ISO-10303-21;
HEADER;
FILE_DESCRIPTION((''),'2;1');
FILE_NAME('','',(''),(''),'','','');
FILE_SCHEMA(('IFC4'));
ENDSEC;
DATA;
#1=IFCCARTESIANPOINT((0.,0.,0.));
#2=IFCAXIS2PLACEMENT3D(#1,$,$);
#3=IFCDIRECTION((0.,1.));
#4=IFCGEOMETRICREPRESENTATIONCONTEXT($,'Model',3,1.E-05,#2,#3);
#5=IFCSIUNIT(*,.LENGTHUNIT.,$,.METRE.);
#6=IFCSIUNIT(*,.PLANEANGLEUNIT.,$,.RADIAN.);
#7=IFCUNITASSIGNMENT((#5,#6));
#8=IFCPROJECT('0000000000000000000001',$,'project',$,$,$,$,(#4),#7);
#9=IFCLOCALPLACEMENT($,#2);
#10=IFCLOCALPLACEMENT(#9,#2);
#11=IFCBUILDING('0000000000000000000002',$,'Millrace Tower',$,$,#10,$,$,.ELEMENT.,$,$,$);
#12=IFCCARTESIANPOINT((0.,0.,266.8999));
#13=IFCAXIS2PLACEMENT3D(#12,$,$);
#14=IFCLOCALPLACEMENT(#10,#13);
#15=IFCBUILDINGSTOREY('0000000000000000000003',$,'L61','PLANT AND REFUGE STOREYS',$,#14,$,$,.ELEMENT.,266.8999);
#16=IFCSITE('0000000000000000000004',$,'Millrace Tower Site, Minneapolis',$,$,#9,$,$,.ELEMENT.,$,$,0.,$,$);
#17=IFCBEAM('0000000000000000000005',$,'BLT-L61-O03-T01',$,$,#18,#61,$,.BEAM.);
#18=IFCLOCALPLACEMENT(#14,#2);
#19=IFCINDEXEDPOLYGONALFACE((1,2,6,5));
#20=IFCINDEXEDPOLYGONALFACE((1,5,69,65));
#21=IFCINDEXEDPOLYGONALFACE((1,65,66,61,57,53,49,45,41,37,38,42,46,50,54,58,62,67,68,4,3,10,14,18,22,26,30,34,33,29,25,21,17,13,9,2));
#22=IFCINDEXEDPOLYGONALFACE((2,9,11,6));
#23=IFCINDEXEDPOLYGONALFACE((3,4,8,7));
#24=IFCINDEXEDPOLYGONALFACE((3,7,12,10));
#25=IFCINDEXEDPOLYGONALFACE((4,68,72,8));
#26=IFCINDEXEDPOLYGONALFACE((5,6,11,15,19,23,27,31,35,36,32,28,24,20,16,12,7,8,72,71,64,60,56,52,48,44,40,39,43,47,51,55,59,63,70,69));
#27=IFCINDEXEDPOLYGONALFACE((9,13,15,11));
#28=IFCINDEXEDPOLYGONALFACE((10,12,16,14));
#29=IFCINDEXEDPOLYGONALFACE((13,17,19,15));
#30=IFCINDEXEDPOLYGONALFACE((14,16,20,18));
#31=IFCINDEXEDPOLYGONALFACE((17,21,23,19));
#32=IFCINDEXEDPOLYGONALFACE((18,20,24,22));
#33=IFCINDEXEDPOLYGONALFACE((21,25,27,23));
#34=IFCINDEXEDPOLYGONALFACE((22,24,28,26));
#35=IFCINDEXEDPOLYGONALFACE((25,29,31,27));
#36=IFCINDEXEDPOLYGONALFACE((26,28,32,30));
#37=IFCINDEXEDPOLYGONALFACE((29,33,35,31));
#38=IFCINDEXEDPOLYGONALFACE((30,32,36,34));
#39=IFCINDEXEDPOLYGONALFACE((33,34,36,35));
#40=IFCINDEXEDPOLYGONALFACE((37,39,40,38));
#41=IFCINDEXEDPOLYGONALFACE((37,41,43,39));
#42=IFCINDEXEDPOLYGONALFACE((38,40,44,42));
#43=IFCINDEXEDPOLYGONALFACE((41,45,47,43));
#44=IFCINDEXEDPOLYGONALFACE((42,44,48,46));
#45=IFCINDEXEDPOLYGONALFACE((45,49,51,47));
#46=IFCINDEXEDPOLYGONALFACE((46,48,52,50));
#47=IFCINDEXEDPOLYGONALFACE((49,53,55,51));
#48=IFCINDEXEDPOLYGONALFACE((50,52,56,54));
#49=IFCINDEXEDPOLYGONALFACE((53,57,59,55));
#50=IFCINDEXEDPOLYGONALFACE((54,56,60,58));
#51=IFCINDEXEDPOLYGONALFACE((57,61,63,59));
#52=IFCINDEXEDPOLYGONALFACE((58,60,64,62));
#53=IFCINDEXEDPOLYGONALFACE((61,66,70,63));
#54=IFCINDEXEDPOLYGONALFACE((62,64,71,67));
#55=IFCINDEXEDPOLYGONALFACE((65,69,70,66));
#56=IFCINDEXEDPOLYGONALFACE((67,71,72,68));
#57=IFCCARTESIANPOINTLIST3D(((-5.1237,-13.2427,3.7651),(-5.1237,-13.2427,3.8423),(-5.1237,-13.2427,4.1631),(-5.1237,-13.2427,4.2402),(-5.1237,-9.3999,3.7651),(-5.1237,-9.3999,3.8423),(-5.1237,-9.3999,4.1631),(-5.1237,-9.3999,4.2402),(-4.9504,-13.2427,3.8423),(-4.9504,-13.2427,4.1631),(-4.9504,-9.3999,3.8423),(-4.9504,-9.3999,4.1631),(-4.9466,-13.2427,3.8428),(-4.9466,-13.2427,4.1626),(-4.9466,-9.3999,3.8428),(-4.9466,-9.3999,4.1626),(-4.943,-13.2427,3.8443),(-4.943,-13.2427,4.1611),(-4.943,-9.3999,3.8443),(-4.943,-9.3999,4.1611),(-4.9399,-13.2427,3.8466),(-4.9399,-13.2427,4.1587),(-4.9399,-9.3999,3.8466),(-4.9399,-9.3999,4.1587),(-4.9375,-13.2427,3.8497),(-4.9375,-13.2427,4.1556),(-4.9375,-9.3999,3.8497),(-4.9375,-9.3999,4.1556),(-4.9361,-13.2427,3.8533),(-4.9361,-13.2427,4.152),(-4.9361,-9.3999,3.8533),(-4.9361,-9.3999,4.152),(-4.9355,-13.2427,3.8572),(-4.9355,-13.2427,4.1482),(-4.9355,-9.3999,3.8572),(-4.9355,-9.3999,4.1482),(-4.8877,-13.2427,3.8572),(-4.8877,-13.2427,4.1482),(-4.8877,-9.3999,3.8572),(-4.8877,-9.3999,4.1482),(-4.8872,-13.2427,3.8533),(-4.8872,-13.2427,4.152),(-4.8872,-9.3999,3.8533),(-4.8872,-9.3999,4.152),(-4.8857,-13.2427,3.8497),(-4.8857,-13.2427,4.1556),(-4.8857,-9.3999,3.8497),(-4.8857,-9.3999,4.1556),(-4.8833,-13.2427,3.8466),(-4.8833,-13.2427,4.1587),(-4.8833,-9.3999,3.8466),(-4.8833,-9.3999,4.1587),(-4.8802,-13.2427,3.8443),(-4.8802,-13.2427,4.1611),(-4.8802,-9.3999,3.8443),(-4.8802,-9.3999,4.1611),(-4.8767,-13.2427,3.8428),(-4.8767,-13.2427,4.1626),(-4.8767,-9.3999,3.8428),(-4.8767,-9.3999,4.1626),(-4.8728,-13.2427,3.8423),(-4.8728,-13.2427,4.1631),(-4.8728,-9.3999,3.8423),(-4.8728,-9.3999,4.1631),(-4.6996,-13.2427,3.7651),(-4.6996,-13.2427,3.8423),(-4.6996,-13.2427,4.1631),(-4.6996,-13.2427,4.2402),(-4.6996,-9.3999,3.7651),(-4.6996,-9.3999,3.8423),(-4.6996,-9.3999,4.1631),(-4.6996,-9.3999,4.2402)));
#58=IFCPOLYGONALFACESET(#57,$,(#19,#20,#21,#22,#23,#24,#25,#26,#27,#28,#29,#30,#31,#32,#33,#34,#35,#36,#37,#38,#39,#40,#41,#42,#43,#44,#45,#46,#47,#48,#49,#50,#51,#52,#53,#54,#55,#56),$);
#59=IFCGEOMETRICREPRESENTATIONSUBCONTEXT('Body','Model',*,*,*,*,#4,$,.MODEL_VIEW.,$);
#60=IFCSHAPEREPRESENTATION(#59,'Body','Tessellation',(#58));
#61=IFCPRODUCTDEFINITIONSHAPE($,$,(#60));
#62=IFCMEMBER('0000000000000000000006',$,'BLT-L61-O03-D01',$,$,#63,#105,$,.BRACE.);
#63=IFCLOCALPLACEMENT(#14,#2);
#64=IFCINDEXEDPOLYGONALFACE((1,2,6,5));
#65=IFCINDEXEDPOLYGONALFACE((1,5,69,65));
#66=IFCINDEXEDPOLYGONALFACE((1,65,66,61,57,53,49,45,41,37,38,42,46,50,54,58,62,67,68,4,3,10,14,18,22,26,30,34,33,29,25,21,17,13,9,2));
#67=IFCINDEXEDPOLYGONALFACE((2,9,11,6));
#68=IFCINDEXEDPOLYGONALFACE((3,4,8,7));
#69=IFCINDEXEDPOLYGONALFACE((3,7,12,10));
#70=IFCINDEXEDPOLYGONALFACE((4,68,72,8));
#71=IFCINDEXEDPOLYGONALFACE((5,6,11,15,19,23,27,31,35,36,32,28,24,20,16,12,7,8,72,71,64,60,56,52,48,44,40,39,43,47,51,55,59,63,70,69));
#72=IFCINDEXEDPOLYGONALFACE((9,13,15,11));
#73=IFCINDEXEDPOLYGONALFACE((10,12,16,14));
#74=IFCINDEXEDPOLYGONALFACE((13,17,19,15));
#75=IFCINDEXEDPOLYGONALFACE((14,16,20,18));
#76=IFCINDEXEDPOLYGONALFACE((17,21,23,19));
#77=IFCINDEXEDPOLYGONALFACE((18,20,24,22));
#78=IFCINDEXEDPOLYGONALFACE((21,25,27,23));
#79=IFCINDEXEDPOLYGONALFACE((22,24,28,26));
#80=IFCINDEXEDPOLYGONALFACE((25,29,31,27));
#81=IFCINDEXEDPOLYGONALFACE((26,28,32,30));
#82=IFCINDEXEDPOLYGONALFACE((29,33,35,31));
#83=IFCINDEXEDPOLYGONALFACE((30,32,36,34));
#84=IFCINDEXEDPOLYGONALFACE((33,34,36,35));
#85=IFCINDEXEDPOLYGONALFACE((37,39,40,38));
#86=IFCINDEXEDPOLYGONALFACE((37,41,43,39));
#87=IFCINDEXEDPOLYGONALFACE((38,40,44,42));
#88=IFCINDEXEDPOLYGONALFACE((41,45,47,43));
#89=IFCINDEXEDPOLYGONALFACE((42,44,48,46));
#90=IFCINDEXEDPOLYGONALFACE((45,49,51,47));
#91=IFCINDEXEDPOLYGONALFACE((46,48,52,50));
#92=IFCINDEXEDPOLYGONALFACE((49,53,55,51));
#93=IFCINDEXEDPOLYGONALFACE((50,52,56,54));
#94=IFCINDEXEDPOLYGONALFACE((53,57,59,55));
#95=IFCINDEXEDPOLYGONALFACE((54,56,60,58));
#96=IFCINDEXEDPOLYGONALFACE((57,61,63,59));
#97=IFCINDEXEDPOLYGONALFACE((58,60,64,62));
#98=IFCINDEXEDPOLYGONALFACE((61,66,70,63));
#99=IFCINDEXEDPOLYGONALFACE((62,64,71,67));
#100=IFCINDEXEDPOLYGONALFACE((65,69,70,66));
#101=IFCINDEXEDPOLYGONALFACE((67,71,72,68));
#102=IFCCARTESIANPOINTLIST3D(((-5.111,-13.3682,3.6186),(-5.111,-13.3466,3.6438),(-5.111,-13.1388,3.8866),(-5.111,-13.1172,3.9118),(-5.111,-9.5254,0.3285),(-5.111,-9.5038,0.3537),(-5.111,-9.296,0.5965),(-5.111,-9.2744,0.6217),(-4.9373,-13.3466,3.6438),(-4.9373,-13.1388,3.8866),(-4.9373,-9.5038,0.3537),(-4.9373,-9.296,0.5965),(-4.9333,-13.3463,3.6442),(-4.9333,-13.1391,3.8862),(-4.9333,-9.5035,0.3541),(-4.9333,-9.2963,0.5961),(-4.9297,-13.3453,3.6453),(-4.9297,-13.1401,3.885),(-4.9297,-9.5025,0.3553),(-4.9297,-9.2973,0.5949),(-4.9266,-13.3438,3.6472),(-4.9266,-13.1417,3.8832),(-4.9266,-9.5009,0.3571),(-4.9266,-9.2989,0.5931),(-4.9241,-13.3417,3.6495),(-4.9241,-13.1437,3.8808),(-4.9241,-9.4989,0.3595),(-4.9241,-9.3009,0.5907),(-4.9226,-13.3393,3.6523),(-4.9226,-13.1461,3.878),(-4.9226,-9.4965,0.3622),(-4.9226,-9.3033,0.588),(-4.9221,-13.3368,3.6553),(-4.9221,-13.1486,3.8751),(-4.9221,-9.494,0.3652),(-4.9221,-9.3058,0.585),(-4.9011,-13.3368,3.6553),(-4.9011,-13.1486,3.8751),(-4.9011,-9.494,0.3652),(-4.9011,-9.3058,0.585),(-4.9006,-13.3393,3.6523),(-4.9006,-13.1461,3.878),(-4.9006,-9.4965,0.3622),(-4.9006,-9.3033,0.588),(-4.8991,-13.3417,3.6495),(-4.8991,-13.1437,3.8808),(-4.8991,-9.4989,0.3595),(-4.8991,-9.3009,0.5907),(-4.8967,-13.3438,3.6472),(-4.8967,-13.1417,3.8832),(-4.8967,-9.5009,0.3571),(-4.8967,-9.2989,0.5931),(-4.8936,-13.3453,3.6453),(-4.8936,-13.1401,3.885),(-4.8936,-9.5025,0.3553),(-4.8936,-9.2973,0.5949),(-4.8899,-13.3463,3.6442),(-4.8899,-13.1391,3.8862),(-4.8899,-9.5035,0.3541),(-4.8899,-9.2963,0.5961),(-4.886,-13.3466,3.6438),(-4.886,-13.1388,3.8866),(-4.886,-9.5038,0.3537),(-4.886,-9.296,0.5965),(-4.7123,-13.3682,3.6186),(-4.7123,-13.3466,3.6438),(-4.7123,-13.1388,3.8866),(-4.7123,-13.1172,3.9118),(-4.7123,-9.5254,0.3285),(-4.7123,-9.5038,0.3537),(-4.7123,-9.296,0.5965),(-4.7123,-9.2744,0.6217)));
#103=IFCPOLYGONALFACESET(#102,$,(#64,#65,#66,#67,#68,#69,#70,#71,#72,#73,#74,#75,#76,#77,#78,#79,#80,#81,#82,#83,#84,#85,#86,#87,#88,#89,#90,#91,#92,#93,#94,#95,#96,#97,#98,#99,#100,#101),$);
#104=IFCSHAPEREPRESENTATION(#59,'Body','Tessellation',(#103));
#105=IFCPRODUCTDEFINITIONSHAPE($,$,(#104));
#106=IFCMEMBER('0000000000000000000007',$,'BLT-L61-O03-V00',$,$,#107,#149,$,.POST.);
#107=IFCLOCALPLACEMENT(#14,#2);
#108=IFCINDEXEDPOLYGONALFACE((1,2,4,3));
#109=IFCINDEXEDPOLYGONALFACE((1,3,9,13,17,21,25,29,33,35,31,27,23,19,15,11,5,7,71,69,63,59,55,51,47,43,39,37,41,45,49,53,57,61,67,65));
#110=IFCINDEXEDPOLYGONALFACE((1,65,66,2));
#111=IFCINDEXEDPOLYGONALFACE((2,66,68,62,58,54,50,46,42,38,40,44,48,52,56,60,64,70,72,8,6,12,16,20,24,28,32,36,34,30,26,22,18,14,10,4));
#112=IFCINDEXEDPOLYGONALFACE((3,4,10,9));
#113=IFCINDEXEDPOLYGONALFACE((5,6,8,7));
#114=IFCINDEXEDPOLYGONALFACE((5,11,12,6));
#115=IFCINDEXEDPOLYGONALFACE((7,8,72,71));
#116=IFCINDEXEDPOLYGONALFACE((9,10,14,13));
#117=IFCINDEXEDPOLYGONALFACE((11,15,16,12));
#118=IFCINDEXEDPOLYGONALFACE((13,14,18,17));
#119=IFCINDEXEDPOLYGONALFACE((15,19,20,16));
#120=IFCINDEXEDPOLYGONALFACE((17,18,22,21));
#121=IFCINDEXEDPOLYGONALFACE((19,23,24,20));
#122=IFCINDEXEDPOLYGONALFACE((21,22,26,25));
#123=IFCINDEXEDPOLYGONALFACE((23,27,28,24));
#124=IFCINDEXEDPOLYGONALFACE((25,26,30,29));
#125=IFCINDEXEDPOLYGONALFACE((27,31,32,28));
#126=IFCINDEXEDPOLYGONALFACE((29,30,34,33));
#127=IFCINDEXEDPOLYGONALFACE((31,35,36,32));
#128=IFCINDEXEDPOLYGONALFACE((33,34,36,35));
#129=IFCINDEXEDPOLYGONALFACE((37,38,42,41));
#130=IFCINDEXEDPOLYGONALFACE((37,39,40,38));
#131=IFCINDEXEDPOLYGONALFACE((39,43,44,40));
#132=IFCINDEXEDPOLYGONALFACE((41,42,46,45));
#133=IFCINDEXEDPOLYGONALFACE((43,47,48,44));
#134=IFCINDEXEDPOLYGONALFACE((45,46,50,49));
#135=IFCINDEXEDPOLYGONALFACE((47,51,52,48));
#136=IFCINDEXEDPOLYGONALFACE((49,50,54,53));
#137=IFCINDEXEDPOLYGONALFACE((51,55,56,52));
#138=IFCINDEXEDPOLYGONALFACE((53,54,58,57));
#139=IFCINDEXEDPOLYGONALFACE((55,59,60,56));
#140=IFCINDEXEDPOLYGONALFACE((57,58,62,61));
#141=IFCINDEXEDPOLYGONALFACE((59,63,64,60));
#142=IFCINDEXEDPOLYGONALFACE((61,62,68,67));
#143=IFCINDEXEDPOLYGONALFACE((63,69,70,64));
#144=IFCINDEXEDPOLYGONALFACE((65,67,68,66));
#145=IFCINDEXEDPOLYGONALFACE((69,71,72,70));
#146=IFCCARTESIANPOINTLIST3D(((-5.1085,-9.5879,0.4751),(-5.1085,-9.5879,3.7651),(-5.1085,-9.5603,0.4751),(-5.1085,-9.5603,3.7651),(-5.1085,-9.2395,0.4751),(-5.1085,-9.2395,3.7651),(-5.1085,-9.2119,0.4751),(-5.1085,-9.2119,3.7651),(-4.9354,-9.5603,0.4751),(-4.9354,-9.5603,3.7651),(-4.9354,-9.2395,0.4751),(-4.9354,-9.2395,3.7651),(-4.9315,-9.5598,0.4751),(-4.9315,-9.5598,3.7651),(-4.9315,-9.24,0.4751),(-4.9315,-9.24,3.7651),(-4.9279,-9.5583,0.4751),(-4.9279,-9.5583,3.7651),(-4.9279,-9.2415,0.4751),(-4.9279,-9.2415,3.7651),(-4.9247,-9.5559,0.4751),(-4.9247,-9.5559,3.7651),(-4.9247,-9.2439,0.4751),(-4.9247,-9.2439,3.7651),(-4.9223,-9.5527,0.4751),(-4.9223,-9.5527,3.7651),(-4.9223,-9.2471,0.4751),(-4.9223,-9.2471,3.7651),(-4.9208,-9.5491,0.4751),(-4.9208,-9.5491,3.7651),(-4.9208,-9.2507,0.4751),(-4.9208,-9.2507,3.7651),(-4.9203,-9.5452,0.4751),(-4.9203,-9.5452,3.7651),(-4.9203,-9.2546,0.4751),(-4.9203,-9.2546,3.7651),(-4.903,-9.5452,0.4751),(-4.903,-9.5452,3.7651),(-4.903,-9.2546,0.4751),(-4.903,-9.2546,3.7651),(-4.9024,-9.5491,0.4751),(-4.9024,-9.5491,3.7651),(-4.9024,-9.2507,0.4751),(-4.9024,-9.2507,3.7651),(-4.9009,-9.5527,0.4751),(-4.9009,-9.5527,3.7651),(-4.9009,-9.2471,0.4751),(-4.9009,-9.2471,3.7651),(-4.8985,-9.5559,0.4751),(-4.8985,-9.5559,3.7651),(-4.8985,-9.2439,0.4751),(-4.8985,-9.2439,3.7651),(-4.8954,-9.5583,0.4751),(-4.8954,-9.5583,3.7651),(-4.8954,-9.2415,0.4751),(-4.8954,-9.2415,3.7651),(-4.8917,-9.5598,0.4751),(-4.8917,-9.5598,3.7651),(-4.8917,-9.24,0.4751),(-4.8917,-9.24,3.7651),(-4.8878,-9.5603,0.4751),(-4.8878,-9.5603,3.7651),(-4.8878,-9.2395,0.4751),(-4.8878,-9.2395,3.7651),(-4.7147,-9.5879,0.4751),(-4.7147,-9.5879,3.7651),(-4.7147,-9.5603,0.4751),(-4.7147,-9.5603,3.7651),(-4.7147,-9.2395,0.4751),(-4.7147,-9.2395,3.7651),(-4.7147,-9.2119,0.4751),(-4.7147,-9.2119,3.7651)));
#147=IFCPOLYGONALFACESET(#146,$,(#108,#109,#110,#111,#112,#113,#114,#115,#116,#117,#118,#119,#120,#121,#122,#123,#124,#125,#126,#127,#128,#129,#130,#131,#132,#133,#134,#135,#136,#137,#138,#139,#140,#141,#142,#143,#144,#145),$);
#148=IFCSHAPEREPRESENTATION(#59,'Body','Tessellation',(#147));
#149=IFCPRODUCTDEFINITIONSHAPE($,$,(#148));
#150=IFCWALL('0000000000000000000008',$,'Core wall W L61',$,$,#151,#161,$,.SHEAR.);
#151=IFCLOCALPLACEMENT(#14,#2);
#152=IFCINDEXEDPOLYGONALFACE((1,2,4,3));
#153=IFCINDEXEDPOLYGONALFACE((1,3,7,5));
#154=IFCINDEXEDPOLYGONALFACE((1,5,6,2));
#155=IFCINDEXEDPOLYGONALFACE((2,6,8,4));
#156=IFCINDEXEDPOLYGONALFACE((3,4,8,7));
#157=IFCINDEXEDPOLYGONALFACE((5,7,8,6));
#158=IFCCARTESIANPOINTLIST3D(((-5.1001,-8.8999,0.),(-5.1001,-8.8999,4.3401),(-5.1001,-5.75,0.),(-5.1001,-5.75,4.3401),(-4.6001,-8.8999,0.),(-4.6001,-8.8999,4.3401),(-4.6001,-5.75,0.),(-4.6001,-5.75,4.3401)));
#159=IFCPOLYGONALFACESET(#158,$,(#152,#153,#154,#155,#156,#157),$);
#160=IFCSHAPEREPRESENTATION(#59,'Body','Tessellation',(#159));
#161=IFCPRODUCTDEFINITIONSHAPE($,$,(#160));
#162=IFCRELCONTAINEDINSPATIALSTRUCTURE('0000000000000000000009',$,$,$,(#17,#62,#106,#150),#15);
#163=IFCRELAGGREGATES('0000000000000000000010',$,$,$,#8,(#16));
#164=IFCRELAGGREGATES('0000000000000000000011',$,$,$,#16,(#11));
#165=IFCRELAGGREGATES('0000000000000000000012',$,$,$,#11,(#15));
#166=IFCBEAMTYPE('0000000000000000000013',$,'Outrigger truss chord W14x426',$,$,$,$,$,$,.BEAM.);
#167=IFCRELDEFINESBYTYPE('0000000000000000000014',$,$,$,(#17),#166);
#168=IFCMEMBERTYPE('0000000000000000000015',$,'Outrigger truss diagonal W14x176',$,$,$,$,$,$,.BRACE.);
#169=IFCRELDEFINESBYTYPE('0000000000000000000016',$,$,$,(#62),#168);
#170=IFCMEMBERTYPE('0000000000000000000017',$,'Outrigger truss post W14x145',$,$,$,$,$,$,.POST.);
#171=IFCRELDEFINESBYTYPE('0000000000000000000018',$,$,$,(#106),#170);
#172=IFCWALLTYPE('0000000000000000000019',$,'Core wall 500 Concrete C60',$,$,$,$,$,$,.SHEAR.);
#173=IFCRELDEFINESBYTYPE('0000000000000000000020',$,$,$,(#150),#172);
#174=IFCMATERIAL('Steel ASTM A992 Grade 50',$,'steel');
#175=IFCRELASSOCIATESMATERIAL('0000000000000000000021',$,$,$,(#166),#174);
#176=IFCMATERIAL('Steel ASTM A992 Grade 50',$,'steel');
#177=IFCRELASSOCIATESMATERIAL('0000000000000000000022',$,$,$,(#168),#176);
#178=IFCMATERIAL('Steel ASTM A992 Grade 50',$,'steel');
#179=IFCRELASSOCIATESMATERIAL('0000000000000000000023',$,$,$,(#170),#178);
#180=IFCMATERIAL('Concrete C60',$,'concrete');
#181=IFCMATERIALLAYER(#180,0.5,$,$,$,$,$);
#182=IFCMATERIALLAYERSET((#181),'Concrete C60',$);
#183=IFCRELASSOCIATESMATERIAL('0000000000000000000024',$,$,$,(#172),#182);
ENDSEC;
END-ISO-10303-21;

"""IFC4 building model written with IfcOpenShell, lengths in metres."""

from ifc_helpers import new_model, si_unit, direction, frame, frame_2d, origin, origin_2d, place, context, subcontext, project, spatial, rectangle, i_section, extrude, material, layer, layer_set, material_profile, profile_set, type_object, element, save


model = new_model("IFC4")

# Units and contexts
model_context = context("Model", 3, precision=1e-05, world=origin(), true_north=direction((0.0, 1.0)))
body_context = subcontext(model_context, "Body", "Model", "MODEL_VIEW")
ifc_project = project(units=[si_unit("LENGTHUNIT", "METRE"), si_unit("PLANEANGLEUNIT", "RADIAN")], contexts=[model_context])

# Site, building, storey
site_placement = place(None, origin())
site = spatial("IfcSite", under=ifc_project, at=site_placement, Name="Millrace Tower Site, Minneapolis", CompositionType="ELEMENT", RefElevation=0.0)
building_placement = place(site_placement, origin())
building = spatial("IfcBuilding", under=site, at=building_placement, Name="Millrace Tower", CompositionType="ELEMENT")
storey_placement = place(building_placement, frame((0.0, 0.0, 266.8999)))
storey = spatial("IfcBuildingStorey", under=building, at=storey_placement, Name="L61", Description="PLANT AND REFUGE STOREYS", CompositionType="ELEMENT", Elevation=266.8999)

# Beam
ifc_material_1 = material(Name="Steel ASTM A992 Grade 50", Category="steel")
ifc_material_profile_1 = material_profile(ifc_material_1, i_section(OverallWidth=0.4241, OverallDepth=0.4751, WebThickness=0.0479, FlangeThickness=0.0771, FilletRadius=0.0149, at=origin_2d()))
ifc_profile_set_1 = profile_set([ifc_material_profile_1], Name="Steel ASTM A992 Grade 50")
beam_type_1 = type_object("IfcBeamType", Name="Outrigger truss chord W14x426", PredefinedType="BEAM", material=ifc_profile_set_1)
for number, where, z_axis, x_axis, name in (
    (1, (-4.9116, -9.3999, 4.0027), (0.0, -1.0, 0.0), (1.0, 0.0, 0.0), "BLT-L61-O03-T01"),
):
    element("IfcBeam", number, at=place(storey_placement, frame(where, z_axis=z_axis, x_axis=x_axis)), inside=storey, type_object=beam_type_1, Name=name, PredefinedType="BEAM", context=body_context, shape_type="SweptSolid", body=[
        extrude(i_section(OverallWidth=0.4241, OverallDepth=0.4751, WebThickness=0.0479, FlangeThickness=0.0771, FilletRadius=0.0149, at=origin_2d()), origin(), (0.0, 0.0, 1.0), 3.8428),
    ])

# Members
ifc_material_2 = material(Name="Steel ASTM A992 Grade 50", Category="steel")
ifc_material_profile_2 = material_profile(ifc_material_2, i_section(OverallWidth=0.3987, OverallDepth=0.386, WebThickness=0.021, FlangeThickness=0.0332, FilletRadius=0.0151, at=origin_2d()))
ifc_profile_set_2 = profile_set([ifc_material_profile_2], Name="Steel ASTM A992 Grade 50")
member_type_1 = type_object("IfcMemberType", Name="Outrigger truss diagonal W14x176", PredefinedType="BRACE", material=ifc_profile_set_2)
member_1_placement = place(storey_placement, frame((-4.9116, -9.3999, 0.4751), z_axis=(0.0, -0.759624, 0.650362), x_axis=(1.0, 0.0, 0.0)))
element("IfcMember", 2, at=member_1_placement, inside=storey, type_object=member_type_1, Name="BLT-L61-O03-D01", PredefinedType="BRACE", context=body_context, shape_type="SweptSolid", body=[
    extrude(i_section(OverallWidth=0.3987, OverallDepth=0.386, WebThickness=0.021, FlangeThickness=0.0332, FilletRadius=0.0151, at=origin_2d()), origin(), (0.0, 0.0, 1.0), 5.0588),
])
ifc_material_3 = material(Name="Steel ASTM A992 Grade 50", Category="steel")
ifc_material_profile_3 = material_profile(ifc_material_3, i_section(OverallWidth=0.3938, OverallDepth=0.376, WebThickness=0.0173, FlangeThickness=0.0276, FilletRadius=0.0151, at=origin_2d()))
ifc_profile_set_3 = profile_set([ifc_material_profile_3], Name="Steel ASTM A992 Grade 50")
member_type_2 = type_object("IfcMemberType", Name="Outrigger truss post W14x145", PredefinedType="POST", material=ifc_profile_set_3)
member_2_placement = place(storey_placement, frame((-4.9116, -9.3999, 0.4751), z_axis=(0.0, 0.0, 1.0), x_axis=(1.0, 0.0, 0.0)))
element("IfcMember", 3, at=member_2_placement, inside=storey, type_object=member_type_2, Name="BLT-L61-O03-V00", PredefinedType="POST", context=body_context, shape_type="SweptSolid", body=[
    extrude(i_section(OverallWidth=0.3938, OverallDepth=0.376, WebThickness=0.0173, FlangeThickness=0.0276, FilletRadius=0.0151, at=origin_2d()), origin(), (0.0, 0.0, 1.0), 3.29),
])

# Wall
ifc_material_4 = material(Name="Concrete C60", Category="concrete")
ifc_layer_1 = layer(ifc_material_4, 0.5)
ifc_layer_set_1 = layer_set([ifc_layer_1], Name="Concrete C60")
wall_type_1 = type_object("IfcWallType", Name="Core wall 500 Concrete C60", PredefinedType="SHEAR", material=ifc_layer_set_1)
wall_1_placement = place(storey_placement, frame((-4.8501, -8.8999, 0.0), z_axis=(0.0, 0.0, 1.0), x_axis=(0.0, 1.0, 0.0)))
element("IfcWall", 4, at=wall_1_placement, inside=storey, type_object=wall_type_1, Name="Core wall W L61", PredefinedType="SHEAR", context=body_context, shape_type="SweptSolid", body=[
    extrude(rectangle(XDim=3.1499, YDim=0.5, at=frame_2d((1.575, 0.0))), origin(), (0.0, 0.0, 1.0), 4.3401),
])

save(model, "model.ifc")
